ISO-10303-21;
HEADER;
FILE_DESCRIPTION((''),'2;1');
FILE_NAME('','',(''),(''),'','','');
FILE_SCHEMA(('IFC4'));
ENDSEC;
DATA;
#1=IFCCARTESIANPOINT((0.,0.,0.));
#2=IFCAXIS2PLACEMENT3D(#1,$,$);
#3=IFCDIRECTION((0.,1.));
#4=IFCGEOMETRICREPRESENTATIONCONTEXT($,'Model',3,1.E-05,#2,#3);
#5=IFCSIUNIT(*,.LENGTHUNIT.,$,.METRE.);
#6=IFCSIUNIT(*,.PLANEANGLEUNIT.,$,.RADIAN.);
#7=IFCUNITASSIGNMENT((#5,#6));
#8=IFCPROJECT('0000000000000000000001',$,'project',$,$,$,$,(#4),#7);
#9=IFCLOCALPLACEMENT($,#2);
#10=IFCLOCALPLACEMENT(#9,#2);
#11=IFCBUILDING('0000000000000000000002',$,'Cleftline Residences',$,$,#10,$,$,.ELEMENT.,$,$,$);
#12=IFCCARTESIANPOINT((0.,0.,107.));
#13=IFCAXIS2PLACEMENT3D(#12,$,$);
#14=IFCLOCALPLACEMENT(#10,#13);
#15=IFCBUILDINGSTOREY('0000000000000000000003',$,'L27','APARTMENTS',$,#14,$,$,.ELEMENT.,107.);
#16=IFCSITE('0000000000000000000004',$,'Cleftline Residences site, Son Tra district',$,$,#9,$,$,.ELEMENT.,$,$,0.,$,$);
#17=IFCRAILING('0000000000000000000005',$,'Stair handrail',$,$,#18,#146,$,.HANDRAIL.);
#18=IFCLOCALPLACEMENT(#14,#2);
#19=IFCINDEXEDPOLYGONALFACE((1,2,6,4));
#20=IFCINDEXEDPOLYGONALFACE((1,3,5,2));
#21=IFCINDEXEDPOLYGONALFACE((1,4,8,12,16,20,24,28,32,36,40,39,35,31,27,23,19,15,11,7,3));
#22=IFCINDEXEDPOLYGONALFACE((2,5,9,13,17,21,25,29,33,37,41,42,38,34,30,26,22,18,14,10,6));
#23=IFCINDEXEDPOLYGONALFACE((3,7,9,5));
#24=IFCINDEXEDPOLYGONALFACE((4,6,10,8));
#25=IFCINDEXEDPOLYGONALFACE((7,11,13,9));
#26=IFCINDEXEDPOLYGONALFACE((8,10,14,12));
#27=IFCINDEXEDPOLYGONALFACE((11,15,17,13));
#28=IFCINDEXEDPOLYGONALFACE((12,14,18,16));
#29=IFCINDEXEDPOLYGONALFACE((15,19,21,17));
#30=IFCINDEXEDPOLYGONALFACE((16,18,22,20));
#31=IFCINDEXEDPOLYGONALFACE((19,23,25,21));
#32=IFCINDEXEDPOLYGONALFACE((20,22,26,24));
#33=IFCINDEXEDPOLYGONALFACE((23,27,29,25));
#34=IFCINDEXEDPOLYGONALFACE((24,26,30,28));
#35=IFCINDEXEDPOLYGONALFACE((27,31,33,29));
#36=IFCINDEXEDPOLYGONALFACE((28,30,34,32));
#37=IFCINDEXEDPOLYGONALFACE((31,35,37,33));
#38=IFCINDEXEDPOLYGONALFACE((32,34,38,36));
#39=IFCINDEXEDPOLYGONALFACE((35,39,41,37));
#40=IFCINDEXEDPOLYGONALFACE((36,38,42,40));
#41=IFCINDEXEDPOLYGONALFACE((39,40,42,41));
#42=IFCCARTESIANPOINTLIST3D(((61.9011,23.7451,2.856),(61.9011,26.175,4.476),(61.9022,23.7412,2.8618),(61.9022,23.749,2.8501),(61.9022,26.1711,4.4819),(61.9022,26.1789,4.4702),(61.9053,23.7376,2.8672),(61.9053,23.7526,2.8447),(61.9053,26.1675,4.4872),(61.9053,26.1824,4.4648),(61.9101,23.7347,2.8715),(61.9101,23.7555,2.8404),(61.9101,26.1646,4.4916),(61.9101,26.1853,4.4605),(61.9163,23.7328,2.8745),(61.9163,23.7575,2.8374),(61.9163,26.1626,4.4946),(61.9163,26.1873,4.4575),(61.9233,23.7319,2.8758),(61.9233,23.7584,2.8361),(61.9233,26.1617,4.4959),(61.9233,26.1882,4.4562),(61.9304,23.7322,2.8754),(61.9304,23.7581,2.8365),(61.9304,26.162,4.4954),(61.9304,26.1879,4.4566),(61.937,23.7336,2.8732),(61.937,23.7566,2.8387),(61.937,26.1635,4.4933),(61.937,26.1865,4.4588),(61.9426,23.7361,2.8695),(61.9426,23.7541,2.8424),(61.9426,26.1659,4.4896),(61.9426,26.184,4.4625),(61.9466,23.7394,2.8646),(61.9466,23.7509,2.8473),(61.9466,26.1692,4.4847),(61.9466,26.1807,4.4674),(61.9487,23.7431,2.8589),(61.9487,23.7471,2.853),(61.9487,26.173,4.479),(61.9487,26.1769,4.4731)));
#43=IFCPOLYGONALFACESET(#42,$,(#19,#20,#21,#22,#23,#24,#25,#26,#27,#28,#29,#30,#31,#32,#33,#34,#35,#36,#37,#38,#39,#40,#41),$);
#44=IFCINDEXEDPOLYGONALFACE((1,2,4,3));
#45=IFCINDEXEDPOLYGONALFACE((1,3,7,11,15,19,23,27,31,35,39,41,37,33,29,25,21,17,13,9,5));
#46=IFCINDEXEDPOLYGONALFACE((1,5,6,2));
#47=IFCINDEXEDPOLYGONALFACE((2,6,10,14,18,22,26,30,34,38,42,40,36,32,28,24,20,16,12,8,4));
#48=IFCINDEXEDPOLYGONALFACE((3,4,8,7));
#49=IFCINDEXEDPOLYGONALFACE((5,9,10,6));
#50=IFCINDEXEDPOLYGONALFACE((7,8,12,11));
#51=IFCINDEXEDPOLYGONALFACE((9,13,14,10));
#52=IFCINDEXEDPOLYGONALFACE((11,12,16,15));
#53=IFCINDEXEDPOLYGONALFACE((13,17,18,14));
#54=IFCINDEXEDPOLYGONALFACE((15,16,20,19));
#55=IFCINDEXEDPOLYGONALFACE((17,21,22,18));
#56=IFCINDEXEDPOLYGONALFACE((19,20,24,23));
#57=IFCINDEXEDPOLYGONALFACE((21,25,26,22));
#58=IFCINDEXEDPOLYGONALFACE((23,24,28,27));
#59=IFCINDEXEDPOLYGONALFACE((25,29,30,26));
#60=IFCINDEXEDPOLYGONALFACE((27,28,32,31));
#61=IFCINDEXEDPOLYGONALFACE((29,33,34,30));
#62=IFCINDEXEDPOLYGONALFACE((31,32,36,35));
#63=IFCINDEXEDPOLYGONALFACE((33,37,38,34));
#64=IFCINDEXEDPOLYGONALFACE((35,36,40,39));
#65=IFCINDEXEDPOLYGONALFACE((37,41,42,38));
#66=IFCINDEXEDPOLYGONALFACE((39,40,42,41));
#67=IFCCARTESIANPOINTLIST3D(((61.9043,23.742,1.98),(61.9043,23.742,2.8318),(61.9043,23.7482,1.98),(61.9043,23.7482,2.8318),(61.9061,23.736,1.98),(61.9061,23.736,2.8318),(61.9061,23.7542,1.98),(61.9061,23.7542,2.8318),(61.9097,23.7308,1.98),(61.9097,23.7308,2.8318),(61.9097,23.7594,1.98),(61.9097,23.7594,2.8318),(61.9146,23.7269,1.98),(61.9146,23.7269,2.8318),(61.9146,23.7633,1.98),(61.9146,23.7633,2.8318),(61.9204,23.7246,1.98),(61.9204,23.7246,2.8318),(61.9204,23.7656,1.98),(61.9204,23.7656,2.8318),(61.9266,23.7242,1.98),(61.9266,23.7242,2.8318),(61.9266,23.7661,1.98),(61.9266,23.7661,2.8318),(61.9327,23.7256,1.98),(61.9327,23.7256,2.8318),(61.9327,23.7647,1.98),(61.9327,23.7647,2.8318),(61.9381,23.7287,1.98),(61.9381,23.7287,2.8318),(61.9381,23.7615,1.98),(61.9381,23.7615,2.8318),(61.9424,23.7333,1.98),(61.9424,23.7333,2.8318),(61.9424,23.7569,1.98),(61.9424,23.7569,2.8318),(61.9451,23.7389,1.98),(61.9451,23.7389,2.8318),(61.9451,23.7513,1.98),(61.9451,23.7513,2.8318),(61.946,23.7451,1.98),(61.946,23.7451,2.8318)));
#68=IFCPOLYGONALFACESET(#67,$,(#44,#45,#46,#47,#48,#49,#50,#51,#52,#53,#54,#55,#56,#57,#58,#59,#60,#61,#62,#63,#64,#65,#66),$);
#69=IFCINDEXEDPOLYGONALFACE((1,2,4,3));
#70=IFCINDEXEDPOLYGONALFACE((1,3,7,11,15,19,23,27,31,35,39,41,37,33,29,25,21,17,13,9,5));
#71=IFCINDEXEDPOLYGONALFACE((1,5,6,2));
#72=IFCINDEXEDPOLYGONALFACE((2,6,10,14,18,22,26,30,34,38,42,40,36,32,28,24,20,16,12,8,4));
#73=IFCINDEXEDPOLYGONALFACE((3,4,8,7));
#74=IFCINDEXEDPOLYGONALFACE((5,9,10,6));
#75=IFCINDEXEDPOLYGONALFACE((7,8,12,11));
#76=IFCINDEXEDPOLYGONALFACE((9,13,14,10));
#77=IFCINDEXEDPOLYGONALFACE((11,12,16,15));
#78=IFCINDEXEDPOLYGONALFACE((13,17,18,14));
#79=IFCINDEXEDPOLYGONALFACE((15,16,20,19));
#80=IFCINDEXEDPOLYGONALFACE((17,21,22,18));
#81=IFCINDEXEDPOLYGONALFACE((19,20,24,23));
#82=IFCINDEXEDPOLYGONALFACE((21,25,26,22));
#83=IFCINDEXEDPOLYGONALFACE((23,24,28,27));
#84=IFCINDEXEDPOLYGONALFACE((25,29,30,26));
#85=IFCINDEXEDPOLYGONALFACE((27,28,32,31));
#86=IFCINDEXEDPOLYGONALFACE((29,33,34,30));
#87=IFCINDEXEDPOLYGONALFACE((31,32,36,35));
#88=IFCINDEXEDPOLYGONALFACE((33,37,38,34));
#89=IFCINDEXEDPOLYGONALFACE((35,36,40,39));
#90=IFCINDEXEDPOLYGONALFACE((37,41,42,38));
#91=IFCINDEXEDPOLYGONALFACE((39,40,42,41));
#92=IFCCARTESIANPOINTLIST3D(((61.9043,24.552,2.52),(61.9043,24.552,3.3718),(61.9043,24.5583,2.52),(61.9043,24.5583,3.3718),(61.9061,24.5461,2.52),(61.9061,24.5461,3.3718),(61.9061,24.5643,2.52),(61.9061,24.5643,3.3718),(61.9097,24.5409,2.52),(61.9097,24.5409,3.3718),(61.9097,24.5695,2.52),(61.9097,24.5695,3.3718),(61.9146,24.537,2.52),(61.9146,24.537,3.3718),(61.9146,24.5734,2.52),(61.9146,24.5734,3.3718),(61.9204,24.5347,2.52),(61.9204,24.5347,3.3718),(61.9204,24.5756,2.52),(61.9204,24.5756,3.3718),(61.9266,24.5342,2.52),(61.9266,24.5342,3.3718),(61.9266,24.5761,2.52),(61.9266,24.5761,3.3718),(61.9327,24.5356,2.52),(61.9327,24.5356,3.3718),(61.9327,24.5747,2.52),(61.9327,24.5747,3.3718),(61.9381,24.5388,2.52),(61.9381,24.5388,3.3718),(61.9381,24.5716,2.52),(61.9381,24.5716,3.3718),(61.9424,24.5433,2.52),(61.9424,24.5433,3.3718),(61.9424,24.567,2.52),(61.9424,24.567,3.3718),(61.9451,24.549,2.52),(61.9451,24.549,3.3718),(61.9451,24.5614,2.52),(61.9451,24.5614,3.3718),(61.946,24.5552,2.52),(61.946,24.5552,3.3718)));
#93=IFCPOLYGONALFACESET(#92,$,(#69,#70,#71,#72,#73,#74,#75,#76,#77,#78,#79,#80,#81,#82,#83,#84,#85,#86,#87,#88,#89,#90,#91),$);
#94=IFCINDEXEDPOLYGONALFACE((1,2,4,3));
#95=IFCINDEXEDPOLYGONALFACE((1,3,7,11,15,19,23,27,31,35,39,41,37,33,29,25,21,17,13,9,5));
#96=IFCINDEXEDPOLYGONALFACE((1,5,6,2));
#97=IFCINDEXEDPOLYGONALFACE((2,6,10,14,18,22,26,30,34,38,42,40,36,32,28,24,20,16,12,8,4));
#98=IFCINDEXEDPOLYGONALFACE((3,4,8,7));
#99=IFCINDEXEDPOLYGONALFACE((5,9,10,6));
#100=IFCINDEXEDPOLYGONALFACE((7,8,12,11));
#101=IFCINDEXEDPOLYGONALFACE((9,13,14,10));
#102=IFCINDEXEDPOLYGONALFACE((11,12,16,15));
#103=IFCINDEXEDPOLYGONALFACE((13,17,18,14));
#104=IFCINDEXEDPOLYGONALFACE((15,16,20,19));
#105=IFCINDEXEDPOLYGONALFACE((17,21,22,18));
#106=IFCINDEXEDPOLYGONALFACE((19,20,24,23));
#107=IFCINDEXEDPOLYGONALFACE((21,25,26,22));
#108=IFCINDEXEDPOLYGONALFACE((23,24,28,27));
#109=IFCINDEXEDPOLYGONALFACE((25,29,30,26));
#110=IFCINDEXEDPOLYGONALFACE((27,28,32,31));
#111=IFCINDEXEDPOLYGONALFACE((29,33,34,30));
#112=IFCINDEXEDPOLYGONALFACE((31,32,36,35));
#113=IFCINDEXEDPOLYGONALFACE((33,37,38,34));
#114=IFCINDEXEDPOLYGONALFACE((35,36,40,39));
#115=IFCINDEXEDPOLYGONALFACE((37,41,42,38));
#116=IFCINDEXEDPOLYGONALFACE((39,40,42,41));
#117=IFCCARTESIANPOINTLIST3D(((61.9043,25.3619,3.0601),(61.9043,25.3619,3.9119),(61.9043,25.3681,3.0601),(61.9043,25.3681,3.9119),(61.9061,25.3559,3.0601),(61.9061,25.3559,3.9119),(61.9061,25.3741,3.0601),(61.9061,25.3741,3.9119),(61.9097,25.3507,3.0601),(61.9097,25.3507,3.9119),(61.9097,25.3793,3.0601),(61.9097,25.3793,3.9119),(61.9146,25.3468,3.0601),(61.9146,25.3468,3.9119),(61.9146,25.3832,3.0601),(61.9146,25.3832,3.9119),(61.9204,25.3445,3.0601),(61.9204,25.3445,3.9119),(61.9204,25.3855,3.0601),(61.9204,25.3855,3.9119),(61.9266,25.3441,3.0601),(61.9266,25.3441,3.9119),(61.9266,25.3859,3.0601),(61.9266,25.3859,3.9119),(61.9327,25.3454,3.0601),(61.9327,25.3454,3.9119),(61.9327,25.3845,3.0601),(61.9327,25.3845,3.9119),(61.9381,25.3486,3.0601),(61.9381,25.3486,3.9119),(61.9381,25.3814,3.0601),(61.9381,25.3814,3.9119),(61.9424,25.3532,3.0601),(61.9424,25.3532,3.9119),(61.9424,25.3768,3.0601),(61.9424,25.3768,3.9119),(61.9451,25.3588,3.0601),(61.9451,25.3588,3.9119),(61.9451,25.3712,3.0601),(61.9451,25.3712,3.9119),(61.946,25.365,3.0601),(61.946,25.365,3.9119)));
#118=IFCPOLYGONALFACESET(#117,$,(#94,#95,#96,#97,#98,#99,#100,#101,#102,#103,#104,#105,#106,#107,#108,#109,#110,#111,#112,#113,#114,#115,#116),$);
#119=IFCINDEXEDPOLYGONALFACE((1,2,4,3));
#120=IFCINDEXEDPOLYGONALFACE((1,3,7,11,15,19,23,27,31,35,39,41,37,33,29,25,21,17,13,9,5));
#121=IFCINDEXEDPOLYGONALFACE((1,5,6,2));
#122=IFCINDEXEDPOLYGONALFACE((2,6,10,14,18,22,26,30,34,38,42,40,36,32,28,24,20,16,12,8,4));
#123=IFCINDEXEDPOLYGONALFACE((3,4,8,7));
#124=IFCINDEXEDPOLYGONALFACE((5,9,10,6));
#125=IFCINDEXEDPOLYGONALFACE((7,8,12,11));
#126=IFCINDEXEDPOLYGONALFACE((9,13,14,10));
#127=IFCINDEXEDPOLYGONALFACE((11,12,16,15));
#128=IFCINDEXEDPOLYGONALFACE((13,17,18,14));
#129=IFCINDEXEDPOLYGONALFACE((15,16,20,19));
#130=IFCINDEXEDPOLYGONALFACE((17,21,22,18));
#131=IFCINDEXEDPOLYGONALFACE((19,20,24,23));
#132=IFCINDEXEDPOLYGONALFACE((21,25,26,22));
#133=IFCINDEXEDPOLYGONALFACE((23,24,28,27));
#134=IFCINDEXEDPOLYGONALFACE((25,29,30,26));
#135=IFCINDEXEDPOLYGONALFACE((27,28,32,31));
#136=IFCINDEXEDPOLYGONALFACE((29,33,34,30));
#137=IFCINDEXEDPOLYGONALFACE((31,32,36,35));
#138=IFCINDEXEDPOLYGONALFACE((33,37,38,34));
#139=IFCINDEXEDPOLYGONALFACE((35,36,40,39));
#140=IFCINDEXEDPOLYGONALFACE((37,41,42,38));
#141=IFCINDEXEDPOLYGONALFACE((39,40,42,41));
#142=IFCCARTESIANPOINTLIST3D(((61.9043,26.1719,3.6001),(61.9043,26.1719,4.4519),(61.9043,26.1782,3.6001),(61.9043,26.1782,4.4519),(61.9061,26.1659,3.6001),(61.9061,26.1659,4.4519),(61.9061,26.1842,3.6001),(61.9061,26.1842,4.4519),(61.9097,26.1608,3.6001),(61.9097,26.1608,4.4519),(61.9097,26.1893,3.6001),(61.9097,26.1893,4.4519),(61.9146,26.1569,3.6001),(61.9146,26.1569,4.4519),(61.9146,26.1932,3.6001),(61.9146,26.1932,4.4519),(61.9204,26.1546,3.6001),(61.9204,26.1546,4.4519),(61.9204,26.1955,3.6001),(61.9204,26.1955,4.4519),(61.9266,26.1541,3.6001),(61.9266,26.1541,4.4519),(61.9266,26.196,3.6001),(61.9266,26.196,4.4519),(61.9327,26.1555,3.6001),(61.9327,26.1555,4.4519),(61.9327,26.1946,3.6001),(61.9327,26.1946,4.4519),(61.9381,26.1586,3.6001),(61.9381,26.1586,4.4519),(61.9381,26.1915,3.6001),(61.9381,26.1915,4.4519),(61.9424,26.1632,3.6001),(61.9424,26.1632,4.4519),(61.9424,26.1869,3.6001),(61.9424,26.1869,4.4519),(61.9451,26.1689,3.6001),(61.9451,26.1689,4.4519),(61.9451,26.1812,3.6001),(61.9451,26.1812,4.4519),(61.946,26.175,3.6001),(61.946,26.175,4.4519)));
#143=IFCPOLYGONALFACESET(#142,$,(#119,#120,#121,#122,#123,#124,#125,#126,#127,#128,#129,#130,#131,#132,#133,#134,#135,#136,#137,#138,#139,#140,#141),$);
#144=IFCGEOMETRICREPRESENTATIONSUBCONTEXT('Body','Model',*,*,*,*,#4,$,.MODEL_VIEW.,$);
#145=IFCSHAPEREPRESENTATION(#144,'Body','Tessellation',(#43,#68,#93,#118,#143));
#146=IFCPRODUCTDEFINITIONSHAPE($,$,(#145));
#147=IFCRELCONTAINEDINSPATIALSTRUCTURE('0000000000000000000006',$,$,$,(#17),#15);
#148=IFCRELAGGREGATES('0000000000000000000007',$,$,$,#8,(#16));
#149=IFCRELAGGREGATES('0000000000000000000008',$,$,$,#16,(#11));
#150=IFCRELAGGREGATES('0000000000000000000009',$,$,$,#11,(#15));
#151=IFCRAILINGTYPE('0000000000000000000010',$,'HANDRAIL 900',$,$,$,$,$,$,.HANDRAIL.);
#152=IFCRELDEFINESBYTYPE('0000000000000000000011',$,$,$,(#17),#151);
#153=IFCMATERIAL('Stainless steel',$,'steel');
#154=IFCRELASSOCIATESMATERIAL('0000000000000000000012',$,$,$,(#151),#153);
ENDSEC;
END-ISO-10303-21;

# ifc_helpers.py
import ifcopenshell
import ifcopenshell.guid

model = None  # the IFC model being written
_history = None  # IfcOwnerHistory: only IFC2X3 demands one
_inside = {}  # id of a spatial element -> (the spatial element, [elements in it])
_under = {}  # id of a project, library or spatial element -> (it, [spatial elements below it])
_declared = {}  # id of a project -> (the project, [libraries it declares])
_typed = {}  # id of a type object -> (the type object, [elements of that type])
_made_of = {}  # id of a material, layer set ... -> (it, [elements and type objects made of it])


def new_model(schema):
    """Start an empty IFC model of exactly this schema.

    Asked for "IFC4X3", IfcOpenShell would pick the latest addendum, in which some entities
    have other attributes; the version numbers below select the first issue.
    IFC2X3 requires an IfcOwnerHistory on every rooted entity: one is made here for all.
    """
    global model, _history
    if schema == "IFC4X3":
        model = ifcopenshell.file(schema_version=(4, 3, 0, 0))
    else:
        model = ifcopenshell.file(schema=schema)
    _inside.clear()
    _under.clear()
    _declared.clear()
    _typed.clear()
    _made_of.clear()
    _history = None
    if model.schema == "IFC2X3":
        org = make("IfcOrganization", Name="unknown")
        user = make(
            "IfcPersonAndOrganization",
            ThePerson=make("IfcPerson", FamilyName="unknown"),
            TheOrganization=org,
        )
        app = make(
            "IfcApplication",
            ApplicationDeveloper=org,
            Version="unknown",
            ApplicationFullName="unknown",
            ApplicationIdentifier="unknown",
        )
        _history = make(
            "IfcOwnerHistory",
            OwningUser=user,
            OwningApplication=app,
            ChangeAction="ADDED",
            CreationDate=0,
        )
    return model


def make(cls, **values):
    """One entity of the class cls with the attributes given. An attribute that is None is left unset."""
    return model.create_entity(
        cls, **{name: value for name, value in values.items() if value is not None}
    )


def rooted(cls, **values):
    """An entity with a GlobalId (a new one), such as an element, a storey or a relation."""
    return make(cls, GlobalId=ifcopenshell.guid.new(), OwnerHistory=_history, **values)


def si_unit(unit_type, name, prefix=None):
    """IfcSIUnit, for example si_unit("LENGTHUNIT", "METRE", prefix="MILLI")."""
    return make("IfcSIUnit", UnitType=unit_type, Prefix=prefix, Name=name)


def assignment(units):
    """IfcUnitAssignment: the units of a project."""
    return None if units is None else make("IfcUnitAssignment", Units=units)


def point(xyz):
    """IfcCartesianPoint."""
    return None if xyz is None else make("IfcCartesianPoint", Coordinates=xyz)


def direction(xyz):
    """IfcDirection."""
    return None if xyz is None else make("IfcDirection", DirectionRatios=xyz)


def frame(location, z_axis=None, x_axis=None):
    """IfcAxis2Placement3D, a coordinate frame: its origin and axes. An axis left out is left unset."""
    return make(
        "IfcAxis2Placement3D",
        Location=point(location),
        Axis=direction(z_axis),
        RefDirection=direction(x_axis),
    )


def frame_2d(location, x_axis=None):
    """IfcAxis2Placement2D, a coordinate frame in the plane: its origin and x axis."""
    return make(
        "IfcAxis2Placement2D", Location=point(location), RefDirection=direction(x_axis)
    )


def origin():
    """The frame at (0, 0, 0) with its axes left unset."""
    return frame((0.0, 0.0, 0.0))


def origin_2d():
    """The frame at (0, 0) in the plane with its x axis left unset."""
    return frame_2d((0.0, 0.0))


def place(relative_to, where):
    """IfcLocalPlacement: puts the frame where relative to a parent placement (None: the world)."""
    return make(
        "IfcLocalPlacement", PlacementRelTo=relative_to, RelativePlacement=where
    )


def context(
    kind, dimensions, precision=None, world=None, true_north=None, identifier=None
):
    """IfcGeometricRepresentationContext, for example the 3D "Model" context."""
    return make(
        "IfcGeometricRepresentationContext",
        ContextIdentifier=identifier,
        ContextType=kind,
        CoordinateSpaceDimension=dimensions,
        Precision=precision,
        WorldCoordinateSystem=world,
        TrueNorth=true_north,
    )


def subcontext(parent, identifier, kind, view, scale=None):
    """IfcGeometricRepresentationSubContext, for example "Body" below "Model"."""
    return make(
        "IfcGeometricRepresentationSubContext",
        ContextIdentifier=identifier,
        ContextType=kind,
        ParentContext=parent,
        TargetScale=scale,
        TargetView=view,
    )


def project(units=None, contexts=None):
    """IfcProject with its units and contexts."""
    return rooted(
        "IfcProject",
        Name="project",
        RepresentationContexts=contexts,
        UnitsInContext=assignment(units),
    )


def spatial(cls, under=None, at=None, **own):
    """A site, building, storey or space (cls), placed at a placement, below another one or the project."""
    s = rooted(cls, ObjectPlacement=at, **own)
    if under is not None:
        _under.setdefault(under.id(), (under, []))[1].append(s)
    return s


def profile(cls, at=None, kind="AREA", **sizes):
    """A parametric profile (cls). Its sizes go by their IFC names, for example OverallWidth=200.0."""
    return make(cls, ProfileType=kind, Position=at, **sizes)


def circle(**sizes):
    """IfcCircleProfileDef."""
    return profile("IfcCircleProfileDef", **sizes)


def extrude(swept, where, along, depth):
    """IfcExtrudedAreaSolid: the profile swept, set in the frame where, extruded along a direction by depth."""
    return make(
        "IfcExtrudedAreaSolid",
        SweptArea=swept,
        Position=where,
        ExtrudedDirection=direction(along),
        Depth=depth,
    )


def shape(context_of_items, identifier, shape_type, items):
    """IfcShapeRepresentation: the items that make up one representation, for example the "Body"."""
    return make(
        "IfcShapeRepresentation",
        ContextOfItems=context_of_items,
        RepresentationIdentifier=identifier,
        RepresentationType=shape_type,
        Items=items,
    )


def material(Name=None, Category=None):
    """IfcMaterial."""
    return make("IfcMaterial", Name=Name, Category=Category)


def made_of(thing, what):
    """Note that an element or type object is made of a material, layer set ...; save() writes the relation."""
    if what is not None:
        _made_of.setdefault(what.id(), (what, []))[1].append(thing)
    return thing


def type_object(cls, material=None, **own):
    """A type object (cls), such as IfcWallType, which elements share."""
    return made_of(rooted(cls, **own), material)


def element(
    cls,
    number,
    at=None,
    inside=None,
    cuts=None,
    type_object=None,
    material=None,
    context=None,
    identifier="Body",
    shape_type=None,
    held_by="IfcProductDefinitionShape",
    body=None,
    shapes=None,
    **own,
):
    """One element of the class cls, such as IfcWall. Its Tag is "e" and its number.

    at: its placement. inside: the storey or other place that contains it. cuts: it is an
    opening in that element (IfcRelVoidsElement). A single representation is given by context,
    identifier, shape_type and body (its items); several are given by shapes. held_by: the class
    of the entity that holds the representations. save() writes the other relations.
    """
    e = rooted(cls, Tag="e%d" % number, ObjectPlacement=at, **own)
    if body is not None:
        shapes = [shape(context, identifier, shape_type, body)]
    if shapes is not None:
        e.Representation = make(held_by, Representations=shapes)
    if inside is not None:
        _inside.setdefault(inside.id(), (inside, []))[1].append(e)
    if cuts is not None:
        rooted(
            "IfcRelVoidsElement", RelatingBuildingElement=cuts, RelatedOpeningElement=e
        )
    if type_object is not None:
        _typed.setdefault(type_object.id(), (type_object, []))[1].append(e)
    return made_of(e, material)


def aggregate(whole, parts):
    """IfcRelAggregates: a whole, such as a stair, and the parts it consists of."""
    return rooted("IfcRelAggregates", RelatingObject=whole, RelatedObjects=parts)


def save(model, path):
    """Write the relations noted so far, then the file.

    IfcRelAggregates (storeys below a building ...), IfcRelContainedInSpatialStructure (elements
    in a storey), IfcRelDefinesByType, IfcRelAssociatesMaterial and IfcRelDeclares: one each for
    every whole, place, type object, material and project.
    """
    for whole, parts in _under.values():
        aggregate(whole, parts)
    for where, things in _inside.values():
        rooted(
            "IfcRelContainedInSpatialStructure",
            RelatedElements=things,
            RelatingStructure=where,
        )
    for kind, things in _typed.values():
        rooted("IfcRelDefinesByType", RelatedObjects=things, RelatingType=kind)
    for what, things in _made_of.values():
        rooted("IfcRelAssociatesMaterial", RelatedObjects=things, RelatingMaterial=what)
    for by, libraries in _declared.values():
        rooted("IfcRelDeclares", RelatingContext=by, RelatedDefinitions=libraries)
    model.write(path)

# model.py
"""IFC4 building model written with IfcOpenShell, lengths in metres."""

from ifc_helpers import new_model, si_unit, direction, frame, origin, origin_2d, place, context, subcontext, project, spatial, circle, extrude, material, type_object, element, save


model = new_model("IFC4")

# Units and contexts
model_context = context("Model", 3, precision=1e-05, world=origin(), true_north=direction((0.0, 1.0)))
body_context = subcontext(model_context, "Body", "Model", "MODEL_VIEW")
ifc_project = project(units=[si_unit("LENGTHUNIT", "METRE"), si_unit("PLANEANGLEUNIT", "RADIAN")], contexts=[model_context])

# Site, building, storey
site_placement = place(None, origin())
site = spatial("IfcSite", under=ifc_project, at=site_placement, Name="Cleftline Residences site, Son Tra district", CompositionType="ELEMENT", RefElevation=0.0)
building_placement = place(site_placement, origin())
building = spatial("IfcBuilding", under=site, at=building_placement, Name="Cleftline Residences", CompositionType="ELEMENT")
storey_placement = place(building_placement, frame((0.0, 0.0, 107.0)))
storey = spatial("IfcBuildingStorey", under=building, at=storey_placement, Name="L27", Description="APARTMENTS", CompositionType="ELEMENT", Elevation=107.0)

# Railing
ifc_material_1 = material(Name="Stainless steel", Category="steel")
railing_type = type_object("IfcRailingType", Name="HANDRAIL 900", PredefinedType="HANDRAIL", material=ifc_material_1)
railing_placement = place(storey_placement, frame((61.925, 23.7451, 1.98)))
element("IfcRailing", 1, at=railing_placement, inside=storey, type_object=railing_type, Name="Stair handrail", PredefinedType="HANDRAIL", context=body_context, shape_type="SweptSolid", body=[
    extrude(circle(Radius=0.0239, at=origin_2d()), frame((0.0, 0.0, 0.876), z_axis=(0.0, 0.832025, 0.554739), x_axis=(-1.0, 0.0, 0.0)), (0.0, 0.0, 1.0), 2.9204),
    extrude(circle(Radius=0.021, at=origin_2d()), origin(), (0.0, 0.0, 1.0), 0.8518),
    extrude(circle(Radius=0.021, at=origin_2d()), frame((0.0, 0.8101, 0.54)), (0.0, 0.0, 1.0), 0.8518),
    extrude(circle(Radius=0.021, at=origin_2d()), frame((0.0, 1.6199, 1.0801)), (0.0, 0.0, 1.0), 0.8518),
    extrude(circle(Radius=0.021, at=origin_2d()), frame((0.0, 2.4299, 1.6201)), (0.0, 0.0, 1.0), 0.8518),
])

save(model, "model.ifc")
